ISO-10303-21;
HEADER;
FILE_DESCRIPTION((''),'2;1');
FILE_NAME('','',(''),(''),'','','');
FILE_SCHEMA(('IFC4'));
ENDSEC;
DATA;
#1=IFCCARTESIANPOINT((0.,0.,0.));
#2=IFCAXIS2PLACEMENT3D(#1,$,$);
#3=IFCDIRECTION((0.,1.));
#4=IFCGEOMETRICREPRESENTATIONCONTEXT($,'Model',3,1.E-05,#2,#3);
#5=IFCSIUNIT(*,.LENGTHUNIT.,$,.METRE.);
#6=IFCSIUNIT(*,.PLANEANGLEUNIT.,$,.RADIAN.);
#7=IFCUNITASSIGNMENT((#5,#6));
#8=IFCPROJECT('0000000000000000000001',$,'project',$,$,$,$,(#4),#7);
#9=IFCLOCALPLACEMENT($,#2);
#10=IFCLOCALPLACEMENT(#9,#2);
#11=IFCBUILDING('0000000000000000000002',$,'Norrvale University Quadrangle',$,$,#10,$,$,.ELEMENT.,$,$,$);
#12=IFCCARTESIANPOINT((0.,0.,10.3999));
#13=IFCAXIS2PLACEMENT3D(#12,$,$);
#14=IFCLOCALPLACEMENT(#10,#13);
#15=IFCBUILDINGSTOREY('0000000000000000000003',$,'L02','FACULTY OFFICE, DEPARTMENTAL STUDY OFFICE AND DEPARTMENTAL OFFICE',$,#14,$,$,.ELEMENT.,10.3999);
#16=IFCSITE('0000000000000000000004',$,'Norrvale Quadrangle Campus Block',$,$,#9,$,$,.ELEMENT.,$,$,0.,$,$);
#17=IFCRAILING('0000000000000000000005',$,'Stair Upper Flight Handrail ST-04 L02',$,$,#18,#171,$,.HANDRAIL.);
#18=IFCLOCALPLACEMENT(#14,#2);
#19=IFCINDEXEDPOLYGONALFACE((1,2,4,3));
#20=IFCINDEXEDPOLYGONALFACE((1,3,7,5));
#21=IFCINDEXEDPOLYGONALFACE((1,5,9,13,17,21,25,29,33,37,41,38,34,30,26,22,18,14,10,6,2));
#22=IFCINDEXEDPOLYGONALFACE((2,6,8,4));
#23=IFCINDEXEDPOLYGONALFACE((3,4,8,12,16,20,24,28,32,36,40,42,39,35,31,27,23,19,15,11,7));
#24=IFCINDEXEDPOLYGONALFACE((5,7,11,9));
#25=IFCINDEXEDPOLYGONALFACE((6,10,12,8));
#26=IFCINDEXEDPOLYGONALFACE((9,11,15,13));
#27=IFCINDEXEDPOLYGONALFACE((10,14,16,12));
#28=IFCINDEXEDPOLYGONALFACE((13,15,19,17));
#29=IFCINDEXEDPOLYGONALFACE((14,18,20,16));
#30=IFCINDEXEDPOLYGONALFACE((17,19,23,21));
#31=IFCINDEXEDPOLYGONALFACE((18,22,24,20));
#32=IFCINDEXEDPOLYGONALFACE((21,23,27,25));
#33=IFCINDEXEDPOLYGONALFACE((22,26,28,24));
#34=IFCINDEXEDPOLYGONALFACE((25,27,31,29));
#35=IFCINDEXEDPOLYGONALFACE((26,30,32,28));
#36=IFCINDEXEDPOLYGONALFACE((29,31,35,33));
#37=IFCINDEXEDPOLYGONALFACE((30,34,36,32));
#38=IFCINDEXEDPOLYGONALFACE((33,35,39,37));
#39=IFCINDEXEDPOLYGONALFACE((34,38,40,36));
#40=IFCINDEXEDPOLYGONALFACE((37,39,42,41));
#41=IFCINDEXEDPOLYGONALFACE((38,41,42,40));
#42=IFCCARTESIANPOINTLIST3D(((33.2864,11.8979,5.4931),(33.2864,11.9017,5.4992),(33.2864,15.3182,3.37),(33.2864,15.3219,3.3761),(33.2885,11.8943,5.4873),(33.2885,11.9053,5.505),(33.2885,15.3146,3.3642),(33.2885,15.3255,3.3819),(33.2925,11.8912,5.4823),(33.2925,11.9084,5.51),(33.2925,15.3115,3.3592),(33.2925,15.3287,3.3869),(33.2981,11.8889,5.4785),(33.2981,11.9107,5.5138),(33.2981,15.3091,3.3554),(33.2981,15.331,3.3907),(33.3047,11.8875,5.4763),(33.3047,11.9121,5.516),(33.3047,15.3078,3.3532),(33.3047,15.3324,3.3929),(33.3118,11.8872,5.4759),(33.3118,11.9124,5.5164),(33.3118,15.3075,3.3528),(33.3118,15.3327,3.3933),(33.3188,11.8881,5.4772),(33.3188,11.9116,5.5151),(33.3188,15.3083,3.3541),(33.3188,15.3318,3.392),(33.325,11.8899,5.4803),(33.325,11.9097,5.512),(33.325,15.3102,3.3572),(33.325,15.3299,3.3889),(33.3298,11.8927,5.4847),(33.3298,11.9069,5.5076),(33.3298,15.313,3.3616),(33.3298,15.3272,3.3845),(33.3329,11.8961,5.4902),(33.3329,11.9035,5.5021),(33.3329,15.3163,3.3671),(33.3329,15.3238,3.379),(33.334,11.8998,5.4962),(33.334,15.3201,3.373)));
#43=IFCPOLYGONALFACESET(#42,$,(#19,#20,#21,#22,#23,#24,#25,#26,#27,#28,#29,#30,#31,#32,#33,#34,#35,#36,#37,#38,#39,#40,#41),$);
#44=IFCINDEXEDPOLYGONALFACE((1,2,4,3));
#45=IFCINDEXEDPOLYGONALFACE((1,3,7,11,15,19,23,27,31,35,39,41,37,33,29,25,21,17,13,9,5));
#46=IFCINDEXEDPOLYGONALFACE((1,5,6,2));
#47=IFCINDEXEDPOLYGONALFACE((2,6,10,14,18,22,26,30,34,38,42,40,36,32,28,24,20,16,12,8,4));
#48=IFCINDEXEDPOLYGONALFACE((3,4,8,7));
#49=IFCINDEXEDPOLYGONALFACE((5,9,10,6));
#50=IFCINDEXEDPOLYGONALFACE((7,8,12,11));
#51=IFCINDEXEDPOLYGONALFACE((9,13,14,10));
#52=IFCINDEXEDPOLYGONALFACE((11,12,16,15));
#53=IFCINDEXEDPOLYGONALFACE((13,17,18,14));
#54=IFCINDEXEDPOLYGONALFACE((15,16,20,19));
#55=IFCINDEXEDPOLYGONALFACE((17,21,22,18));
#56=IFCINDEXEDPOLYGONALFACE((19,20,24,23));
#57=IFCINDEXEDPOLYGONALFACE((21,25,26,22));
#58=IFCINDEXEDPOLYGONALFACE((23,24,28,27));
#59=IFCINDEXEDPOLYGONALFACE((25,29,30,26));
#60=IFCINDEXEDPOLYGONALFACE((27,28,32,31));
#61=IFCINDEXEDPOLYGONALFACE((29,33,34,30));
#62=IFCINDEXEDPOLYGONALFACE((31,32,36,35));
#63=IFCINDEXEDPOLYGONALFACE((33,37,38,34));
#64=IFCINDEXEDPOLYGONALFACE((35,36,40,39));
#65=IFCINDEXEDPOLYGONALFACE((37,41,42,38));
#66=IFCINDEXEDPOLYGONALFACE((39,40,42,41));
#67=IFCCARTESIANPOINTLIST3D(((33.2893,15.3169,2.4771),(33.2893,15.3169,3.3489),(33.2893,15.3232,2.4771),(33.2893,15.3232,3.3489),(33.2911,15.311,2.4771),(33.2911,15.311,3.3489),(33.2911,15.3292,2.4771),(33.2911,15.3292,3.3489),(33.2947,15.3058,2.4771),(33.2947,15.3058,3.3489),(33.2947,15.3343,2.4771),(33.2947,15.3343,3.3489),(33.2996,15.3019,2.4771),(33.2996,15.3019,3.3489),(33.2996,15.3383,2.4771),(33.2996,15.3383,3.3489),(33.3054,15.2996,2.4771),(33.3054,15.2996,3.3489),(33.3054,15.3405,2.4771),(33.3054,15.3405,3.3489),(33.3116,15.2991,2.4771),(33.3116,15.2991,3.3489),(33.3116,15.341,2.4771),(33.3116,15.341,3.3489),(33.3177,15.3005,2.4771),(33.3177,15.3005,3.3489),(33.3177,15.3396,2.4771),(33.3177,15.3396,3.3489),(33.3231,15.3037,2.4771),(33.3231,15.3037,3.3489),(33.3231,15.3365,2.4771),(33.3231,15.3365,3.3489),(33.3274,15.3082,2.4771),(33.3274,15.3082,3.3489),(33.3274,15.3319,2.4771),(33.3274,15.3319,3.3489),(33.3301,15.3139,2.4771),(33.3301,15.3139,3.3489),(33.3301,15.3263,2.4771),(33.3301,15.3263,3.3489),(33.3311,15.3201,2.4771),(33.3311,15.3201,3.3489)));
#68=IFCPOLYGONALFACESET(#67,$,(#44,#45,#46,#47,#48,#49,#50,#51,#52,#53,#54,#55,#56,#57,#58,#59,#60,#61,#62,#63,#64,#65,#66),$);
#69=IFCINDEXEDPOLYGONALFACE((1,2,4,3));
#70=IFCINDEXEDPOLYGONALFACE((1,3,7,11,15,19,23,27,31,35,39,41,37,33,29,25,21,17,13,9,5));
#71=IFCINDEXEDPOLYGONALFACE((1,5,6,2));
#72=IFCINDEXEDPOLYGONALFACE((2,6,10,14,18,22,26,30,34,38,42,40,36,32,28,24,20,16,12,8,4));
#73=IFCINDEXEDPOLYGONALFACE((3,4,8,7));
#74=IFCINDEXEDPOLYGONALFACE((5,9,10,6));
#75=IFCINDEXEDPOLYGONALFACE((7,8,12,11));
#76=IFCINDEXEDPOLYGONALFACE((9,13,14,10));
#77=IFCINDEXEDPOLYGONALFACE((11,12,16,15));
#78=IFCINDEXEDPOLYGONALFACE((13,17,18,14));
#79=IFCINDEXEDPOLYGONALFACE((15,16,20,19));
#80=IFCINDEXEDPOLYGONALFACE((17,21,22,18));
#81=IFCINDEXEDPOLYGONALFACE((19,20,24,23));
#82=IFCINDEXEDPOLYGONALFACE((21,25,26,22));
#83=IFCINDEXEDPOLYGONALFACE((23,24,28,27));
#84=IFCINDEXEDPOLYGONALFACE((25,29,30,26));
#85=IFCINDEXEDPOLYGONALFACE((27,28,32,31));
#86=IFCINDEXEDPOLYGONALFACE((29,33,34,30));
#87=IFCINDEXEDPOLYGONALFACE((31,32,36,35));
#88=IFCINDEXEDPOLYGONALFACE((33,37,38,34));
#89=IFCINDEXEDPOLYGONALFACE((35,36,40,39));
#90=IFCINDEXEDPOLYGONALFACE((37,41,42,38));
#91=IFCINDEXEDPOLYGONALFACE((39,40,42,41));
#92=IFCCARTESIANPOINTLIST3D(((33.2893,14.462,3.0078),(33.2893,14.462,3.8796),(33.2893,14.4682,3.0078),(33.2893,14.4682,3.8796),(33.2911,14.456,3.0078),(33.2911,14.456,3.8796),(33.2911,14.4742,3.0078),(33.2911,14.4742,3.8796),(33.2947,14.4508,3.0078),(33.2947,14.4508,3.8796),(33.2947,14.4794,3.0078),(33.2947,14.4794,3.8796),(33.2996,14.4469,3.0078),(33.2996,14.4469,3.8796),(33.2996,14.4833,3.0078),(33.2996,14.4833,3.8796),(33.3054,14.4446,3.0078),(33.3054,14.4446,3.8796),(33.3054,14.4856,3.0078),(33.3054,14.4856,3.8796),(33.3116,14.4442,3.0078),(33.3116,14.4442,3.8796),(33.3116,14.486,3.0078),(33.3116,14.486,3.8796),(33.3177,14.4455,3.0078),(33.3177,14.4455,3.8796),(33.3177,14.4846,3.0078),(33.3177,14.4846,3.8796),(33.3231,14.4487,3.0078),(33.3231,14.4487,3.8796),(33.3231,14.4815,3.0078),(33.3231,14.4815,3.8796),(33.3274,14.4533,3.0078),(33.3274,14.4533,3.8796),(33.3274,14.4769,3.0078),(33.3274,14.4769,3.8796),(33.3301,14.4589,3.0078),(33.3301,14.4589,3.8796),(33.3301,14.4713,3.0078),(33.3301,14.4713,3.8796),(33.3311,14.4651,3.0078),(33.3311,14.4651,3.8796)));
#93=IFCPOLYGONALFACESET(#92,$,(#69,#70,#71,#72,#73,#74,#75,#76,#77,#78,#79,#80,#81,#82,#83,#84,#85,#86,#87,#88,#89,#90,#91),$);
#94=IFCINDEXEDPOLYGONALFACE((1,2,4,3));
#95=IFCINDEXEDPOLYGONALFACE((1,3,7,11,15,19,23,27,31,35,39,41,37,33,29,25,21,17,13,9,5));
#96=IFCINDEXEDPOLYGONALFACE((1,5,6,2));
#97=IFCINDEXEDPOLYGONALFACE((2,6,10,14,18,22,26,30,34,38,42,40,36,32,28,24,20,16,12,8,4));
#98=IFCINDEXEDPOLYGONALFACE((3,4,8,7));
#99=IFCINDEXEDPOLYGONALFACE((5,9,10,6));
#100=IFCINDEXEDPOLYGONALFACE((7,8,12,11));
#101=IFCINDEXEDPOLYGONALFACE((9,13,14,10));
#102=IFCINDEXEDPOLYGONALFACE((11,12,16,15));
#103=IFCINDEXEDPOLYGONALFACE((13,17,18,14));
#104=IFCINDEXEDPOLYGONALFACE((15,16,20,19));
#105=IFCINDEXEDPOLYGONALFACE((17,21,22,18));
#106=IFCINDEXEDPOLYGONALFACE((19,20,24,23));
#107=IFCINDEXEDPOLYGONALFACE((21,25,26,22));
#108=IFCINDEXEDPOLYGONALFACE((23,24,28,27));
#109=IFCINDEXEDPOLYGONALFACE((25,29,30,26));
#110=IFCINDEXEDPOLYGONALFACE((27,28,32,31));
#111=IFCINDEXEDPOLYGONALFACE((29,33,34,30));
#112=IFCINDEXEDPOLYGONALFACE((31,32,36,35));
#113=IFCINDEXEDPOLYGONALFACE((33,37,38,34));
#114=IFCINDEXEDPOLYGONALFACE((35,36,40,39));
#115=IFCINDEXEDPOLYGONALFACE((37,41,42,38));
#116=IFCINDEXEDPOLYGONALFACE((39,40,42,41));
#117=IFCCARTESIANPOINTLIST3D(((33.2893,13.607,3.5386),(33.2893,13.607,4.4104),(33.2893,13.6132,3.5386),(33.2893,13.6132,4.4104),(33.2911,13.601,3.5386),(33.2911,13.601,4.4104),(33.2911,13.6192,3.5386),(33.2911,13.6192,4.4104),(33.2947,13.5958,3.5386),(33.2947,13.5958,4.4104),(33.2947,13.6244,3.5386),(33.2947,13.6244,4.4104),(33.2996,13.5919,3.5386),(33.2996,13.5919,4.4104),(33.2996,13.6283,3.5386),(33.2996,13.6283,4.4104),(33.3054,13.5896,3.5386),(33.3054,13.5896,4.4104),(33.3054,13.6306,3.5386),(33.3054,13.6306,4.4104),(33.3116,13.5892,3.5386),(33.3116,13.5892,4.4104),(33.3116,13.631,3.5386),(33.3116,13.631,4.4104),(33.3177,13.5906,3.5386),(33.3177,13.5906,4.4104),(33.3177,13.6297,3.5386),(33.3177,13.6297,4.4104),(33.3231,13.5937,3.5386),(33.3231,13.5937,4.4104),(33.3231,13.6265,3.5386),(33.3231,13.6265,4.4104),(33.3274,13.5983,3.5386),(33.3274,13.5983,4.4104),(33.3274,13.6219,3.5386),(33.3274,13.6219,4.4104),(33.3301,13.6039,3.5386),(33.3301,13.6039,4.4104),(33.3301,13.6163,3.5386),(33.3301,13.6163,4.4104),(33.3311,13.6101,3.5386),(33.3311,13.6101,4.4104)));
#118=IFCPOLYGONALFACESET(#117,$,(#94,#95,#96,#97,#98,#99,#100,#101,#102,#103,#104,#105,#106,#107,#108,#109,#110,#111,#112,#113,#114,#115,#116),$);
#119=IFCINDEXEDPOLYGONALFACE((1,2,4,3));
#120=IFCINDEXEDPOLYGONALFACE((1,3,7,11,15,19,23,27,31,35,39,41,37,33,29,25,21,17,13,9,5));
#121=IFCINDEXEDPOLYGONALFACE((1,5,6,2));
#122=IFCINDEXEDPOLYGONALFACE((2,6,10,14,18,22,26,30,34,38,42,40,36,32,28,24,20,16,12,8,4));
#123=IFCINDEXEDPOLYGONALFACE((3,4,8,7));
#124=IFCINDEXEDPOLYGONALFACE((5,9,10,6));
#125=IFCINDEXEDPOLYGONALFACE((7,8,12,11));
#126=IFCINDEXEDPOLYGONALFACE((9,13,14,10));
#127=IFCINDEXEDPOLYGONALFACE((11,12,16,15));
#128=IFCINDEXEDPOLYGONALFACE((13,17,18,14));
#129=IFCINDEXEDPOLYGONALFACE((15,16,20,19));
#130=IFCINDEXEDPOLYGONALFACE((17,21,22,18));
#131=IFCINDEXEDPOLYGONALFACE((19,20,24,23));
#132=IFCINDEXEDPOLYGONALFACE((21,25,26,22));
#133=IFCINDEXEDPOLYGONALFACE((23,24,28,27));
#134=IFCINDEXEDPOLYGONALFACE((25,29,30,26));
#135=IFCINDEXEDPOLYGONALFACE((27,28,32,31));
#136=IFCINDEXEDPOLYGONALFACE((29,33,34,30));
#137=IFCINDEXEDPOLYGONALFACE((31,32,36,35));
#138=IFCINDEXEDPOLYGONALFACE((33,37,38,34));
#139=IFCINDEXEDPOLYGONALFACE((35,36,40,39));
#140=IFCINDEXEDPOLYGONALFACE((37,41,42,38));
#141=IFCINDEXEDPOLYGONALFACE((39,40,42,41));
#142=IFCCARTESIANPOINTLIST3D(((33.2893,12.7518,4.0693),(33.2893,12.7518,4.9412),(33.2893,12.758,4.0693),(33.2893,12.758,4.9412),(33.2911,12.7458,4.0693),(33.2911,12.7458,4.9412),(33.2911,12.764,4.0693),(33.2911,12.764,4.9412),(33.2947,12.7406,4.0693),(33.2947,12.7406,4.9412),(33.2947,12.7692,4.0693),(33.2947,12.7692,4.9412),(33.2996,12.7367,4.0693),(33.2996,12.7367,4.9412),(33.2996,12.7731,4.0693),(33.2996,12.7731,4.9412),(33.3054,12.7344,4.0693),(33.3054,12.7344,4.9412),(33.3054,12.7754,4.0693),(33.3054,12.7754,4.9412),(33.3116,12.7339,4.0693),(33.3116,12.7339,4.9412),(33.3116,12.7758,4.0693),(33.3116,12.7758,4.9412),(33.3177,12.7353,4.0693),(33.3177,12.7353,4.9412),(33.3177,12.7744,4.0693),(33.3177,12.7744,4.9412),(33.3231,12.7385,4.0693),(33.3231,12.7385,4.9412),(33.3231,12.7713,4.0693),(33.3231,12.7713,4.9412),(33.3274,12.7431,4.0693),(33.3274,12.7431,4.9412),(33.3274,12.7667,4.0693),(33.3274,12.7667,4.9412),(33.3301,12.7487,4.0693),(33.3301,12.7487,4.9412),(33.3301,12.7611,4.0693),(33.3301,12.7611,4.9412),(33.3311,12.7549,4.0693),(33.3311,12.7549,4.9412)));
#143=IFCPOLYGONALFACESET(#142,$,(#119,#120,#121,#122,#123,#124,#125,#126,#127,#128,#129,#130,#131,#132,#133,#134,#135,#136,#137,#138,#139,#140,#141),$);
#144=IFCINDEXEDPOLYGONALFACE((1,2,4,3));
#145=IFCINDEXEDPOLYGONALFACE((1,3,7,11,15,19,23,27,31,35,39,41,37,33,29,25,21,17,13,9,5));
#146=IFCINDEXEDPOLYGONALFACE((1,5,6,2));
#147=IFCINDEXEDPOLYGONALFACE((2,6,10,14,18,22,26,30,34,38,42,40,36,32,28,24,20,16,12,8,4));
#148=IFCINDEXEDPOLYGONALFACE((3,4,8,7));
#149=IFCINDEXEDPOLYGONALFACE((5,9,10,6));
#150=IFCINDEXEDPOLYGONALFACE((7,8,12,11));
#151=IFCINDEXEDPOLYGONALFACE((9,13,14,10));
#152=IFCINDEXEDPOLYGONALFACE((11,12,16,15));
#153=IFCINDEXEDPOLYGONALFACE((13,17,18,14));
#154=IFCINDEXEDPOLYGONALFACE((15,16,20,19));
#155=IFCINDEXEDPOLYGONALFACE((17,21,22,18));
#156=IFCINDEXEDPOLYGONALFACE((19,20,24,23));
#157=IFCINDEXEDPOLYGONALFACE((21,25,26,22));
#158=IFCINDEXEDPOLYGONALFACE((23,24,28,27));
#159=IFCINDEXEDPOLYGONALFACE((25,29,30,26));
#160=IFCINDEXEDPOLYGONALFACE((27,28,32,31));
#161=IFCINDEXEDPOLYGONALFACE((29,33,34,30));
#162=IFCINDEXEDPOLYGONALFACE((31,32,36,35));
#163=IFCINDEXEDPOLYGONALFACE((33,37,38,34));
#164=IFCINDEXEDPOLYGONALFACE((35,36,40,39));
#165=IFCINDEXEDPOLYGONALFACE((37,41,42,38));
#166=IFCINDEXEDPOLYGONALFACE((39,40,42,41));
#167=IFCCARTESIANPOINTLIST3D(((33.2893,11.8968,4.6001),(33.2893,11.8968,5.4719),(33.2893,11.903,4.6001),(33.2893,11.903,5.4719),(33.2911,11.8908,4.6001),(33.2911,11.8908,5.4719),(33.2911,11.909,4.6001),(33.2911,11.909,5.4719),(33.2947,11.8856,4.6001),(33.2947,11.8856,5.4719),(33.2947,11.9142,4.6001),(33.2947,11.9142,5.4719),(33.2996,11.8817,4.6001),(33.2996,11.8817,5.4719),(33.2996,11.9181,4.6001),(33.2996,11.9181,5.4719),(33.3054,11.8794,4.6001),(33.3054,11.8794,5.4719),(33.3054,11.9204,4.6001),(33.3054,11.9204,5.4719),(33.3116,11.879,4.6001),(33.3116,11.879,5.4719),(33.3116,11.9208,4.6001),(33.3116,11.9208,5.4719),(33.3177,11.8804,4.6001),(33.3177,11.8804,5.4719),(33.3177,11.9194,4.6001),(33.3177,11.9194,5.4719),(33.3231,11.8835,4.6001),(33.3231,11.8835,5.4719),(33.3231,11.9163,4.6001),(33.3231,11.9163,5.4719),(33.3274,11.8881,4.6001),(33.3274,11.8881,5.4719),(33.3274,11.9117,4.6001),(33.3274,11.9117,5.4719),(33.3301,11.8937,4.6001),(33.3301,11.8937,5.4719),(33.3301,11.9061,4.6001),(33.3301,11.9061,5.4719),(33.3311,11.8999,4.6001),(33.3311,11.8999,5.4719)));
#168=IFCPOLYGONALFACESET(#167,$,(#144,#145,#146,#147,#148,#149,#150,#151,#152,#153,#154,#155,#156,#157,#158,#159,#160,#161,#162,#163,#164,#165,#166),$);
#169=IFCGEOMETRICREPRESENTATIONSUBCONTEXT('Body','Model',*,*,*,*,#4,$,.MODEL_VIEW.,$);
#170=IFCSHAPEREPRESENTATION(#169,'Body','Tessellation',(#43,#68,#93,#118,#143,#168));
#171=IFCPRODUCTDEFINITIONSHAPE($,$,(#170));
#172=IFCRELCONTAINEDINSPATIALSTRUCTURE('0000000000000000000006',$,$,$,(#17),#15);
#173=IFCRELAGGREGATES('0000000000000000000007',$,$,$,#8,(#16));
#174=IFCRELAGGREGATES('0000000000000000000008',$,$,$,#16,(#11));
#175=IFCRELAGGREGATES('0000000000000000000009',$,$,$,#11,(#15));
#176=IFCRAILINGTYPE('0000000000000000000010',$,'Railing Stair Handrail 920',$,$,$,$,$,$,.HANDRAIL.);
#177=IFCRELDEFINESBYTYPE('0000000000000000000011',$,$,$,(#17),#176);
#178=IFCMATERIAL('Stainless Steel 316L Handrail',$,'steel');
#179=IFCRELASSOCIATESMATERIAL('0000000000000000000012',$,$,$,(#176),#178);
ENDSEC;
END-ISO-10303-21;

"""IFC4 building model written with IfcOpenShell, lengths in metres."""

from ifc_helpers import new_model, si_unit, direction, frame, origin, origin_2d, place, context, subcontext, project, spatial, circle, extrude, material, type_object, element, save


model = new_model("IFC4")

# Units and contexts
model_context = context("Model", 3, precision=1e-05, world=origin(), true_north=direction((0.0, 1.0)))
body_context = subcontext(model_context, "Body", "Model", "MODEL_VIEW")
ifc_project = project(units=[si_unit("LENGTHUNIT", "METRE"), si_unit("PLANEANGLEUNIT", "RADIAN")], contexts=[model_context])

# Site, building, storey
site_placement = place(None, origin())
site = spatial("IfcSite", under=ifc_project, at=site_placement, Name="Norrvale Quadrangle Campus Block", CompositionType="ELEMENT", RefElevation=0.0)
building_placement = place(site_placement, origin())
building = spatial("IfcBuilding", under=site, at=building_placement, Name="Norrvale University Quadrangle", CompositionType="ELEMENT")
storey_placement = place(building_placement, frame((0.0, 0.0, 10.3999)))
storey = spatial("IfcBuildingStorey", under=building, at=storey_placement, Name="L02", Description="FACULTY OFFICE, DEPARTMENTAL STUDY OFFICE AND DEPARTMENTAL OFFICE", CompositionType="ELEMENT", Elevation=10.3999)

# Railing
ifc_material_1 = material(Name="Stainless Steel 316L Handrail", Category="steel")
railing_type_1 = type_object("IfcRailingType", Name="Railing Stair Handrail 920", PredefinedType="HANDRAIL", material=ifc_material_1)
railing_1_placement = place(storey_placement, frame((33.3101, 15.3201, 2.4771)))
element("IfcRailing", 1, at=railing_1_placement, inside=storey, type_object=railing_type_1, Name="Stair Upper Flight Handrail ST-04 L02", PredefinedType="HANDRAIL", context=body_context, shape_type="SweptSolid", body=[
    extrude(circle(Radius=0.0239, at=origin_2d()), frame((0.0, 0.0, 0.896), z_axis=(0.0, -0.84962, 0.527396), x_axis=(1.0, 0.0, 0.0)), (0.0, 0.0, 1.0), 4.0256),
    extrude(circle(Radius=0.021, at=origin_2d()), origin(), (0.0, 0.0, 1.0), 0.8718),
    extrude(circle(Radius=0.021, at=origin_2d()), frame((0.0, -0.855, 0.5308)), (0.0, 0.0, 1.0), 0.8718),
    extrude(circle(Radius=0.021, at=origin_2d()), frame((0.0, -1.71, 1.0615)), (0.0, 0.0, 1.0), 0.8718),
    extrude(circle(Radius=0.021, at=origin_2d()), frame((0.0, -2.5652, 1.5923)), (0.0, 0.0, 1.0), 0.8718),
    extrude(circle(Radius=0.021, at=origin_2d()), frame((0.0, -3.4202, 2.123)), (0.0, 0.0, 1.0), 0.8718),
])

save(model, "model.ifc")
